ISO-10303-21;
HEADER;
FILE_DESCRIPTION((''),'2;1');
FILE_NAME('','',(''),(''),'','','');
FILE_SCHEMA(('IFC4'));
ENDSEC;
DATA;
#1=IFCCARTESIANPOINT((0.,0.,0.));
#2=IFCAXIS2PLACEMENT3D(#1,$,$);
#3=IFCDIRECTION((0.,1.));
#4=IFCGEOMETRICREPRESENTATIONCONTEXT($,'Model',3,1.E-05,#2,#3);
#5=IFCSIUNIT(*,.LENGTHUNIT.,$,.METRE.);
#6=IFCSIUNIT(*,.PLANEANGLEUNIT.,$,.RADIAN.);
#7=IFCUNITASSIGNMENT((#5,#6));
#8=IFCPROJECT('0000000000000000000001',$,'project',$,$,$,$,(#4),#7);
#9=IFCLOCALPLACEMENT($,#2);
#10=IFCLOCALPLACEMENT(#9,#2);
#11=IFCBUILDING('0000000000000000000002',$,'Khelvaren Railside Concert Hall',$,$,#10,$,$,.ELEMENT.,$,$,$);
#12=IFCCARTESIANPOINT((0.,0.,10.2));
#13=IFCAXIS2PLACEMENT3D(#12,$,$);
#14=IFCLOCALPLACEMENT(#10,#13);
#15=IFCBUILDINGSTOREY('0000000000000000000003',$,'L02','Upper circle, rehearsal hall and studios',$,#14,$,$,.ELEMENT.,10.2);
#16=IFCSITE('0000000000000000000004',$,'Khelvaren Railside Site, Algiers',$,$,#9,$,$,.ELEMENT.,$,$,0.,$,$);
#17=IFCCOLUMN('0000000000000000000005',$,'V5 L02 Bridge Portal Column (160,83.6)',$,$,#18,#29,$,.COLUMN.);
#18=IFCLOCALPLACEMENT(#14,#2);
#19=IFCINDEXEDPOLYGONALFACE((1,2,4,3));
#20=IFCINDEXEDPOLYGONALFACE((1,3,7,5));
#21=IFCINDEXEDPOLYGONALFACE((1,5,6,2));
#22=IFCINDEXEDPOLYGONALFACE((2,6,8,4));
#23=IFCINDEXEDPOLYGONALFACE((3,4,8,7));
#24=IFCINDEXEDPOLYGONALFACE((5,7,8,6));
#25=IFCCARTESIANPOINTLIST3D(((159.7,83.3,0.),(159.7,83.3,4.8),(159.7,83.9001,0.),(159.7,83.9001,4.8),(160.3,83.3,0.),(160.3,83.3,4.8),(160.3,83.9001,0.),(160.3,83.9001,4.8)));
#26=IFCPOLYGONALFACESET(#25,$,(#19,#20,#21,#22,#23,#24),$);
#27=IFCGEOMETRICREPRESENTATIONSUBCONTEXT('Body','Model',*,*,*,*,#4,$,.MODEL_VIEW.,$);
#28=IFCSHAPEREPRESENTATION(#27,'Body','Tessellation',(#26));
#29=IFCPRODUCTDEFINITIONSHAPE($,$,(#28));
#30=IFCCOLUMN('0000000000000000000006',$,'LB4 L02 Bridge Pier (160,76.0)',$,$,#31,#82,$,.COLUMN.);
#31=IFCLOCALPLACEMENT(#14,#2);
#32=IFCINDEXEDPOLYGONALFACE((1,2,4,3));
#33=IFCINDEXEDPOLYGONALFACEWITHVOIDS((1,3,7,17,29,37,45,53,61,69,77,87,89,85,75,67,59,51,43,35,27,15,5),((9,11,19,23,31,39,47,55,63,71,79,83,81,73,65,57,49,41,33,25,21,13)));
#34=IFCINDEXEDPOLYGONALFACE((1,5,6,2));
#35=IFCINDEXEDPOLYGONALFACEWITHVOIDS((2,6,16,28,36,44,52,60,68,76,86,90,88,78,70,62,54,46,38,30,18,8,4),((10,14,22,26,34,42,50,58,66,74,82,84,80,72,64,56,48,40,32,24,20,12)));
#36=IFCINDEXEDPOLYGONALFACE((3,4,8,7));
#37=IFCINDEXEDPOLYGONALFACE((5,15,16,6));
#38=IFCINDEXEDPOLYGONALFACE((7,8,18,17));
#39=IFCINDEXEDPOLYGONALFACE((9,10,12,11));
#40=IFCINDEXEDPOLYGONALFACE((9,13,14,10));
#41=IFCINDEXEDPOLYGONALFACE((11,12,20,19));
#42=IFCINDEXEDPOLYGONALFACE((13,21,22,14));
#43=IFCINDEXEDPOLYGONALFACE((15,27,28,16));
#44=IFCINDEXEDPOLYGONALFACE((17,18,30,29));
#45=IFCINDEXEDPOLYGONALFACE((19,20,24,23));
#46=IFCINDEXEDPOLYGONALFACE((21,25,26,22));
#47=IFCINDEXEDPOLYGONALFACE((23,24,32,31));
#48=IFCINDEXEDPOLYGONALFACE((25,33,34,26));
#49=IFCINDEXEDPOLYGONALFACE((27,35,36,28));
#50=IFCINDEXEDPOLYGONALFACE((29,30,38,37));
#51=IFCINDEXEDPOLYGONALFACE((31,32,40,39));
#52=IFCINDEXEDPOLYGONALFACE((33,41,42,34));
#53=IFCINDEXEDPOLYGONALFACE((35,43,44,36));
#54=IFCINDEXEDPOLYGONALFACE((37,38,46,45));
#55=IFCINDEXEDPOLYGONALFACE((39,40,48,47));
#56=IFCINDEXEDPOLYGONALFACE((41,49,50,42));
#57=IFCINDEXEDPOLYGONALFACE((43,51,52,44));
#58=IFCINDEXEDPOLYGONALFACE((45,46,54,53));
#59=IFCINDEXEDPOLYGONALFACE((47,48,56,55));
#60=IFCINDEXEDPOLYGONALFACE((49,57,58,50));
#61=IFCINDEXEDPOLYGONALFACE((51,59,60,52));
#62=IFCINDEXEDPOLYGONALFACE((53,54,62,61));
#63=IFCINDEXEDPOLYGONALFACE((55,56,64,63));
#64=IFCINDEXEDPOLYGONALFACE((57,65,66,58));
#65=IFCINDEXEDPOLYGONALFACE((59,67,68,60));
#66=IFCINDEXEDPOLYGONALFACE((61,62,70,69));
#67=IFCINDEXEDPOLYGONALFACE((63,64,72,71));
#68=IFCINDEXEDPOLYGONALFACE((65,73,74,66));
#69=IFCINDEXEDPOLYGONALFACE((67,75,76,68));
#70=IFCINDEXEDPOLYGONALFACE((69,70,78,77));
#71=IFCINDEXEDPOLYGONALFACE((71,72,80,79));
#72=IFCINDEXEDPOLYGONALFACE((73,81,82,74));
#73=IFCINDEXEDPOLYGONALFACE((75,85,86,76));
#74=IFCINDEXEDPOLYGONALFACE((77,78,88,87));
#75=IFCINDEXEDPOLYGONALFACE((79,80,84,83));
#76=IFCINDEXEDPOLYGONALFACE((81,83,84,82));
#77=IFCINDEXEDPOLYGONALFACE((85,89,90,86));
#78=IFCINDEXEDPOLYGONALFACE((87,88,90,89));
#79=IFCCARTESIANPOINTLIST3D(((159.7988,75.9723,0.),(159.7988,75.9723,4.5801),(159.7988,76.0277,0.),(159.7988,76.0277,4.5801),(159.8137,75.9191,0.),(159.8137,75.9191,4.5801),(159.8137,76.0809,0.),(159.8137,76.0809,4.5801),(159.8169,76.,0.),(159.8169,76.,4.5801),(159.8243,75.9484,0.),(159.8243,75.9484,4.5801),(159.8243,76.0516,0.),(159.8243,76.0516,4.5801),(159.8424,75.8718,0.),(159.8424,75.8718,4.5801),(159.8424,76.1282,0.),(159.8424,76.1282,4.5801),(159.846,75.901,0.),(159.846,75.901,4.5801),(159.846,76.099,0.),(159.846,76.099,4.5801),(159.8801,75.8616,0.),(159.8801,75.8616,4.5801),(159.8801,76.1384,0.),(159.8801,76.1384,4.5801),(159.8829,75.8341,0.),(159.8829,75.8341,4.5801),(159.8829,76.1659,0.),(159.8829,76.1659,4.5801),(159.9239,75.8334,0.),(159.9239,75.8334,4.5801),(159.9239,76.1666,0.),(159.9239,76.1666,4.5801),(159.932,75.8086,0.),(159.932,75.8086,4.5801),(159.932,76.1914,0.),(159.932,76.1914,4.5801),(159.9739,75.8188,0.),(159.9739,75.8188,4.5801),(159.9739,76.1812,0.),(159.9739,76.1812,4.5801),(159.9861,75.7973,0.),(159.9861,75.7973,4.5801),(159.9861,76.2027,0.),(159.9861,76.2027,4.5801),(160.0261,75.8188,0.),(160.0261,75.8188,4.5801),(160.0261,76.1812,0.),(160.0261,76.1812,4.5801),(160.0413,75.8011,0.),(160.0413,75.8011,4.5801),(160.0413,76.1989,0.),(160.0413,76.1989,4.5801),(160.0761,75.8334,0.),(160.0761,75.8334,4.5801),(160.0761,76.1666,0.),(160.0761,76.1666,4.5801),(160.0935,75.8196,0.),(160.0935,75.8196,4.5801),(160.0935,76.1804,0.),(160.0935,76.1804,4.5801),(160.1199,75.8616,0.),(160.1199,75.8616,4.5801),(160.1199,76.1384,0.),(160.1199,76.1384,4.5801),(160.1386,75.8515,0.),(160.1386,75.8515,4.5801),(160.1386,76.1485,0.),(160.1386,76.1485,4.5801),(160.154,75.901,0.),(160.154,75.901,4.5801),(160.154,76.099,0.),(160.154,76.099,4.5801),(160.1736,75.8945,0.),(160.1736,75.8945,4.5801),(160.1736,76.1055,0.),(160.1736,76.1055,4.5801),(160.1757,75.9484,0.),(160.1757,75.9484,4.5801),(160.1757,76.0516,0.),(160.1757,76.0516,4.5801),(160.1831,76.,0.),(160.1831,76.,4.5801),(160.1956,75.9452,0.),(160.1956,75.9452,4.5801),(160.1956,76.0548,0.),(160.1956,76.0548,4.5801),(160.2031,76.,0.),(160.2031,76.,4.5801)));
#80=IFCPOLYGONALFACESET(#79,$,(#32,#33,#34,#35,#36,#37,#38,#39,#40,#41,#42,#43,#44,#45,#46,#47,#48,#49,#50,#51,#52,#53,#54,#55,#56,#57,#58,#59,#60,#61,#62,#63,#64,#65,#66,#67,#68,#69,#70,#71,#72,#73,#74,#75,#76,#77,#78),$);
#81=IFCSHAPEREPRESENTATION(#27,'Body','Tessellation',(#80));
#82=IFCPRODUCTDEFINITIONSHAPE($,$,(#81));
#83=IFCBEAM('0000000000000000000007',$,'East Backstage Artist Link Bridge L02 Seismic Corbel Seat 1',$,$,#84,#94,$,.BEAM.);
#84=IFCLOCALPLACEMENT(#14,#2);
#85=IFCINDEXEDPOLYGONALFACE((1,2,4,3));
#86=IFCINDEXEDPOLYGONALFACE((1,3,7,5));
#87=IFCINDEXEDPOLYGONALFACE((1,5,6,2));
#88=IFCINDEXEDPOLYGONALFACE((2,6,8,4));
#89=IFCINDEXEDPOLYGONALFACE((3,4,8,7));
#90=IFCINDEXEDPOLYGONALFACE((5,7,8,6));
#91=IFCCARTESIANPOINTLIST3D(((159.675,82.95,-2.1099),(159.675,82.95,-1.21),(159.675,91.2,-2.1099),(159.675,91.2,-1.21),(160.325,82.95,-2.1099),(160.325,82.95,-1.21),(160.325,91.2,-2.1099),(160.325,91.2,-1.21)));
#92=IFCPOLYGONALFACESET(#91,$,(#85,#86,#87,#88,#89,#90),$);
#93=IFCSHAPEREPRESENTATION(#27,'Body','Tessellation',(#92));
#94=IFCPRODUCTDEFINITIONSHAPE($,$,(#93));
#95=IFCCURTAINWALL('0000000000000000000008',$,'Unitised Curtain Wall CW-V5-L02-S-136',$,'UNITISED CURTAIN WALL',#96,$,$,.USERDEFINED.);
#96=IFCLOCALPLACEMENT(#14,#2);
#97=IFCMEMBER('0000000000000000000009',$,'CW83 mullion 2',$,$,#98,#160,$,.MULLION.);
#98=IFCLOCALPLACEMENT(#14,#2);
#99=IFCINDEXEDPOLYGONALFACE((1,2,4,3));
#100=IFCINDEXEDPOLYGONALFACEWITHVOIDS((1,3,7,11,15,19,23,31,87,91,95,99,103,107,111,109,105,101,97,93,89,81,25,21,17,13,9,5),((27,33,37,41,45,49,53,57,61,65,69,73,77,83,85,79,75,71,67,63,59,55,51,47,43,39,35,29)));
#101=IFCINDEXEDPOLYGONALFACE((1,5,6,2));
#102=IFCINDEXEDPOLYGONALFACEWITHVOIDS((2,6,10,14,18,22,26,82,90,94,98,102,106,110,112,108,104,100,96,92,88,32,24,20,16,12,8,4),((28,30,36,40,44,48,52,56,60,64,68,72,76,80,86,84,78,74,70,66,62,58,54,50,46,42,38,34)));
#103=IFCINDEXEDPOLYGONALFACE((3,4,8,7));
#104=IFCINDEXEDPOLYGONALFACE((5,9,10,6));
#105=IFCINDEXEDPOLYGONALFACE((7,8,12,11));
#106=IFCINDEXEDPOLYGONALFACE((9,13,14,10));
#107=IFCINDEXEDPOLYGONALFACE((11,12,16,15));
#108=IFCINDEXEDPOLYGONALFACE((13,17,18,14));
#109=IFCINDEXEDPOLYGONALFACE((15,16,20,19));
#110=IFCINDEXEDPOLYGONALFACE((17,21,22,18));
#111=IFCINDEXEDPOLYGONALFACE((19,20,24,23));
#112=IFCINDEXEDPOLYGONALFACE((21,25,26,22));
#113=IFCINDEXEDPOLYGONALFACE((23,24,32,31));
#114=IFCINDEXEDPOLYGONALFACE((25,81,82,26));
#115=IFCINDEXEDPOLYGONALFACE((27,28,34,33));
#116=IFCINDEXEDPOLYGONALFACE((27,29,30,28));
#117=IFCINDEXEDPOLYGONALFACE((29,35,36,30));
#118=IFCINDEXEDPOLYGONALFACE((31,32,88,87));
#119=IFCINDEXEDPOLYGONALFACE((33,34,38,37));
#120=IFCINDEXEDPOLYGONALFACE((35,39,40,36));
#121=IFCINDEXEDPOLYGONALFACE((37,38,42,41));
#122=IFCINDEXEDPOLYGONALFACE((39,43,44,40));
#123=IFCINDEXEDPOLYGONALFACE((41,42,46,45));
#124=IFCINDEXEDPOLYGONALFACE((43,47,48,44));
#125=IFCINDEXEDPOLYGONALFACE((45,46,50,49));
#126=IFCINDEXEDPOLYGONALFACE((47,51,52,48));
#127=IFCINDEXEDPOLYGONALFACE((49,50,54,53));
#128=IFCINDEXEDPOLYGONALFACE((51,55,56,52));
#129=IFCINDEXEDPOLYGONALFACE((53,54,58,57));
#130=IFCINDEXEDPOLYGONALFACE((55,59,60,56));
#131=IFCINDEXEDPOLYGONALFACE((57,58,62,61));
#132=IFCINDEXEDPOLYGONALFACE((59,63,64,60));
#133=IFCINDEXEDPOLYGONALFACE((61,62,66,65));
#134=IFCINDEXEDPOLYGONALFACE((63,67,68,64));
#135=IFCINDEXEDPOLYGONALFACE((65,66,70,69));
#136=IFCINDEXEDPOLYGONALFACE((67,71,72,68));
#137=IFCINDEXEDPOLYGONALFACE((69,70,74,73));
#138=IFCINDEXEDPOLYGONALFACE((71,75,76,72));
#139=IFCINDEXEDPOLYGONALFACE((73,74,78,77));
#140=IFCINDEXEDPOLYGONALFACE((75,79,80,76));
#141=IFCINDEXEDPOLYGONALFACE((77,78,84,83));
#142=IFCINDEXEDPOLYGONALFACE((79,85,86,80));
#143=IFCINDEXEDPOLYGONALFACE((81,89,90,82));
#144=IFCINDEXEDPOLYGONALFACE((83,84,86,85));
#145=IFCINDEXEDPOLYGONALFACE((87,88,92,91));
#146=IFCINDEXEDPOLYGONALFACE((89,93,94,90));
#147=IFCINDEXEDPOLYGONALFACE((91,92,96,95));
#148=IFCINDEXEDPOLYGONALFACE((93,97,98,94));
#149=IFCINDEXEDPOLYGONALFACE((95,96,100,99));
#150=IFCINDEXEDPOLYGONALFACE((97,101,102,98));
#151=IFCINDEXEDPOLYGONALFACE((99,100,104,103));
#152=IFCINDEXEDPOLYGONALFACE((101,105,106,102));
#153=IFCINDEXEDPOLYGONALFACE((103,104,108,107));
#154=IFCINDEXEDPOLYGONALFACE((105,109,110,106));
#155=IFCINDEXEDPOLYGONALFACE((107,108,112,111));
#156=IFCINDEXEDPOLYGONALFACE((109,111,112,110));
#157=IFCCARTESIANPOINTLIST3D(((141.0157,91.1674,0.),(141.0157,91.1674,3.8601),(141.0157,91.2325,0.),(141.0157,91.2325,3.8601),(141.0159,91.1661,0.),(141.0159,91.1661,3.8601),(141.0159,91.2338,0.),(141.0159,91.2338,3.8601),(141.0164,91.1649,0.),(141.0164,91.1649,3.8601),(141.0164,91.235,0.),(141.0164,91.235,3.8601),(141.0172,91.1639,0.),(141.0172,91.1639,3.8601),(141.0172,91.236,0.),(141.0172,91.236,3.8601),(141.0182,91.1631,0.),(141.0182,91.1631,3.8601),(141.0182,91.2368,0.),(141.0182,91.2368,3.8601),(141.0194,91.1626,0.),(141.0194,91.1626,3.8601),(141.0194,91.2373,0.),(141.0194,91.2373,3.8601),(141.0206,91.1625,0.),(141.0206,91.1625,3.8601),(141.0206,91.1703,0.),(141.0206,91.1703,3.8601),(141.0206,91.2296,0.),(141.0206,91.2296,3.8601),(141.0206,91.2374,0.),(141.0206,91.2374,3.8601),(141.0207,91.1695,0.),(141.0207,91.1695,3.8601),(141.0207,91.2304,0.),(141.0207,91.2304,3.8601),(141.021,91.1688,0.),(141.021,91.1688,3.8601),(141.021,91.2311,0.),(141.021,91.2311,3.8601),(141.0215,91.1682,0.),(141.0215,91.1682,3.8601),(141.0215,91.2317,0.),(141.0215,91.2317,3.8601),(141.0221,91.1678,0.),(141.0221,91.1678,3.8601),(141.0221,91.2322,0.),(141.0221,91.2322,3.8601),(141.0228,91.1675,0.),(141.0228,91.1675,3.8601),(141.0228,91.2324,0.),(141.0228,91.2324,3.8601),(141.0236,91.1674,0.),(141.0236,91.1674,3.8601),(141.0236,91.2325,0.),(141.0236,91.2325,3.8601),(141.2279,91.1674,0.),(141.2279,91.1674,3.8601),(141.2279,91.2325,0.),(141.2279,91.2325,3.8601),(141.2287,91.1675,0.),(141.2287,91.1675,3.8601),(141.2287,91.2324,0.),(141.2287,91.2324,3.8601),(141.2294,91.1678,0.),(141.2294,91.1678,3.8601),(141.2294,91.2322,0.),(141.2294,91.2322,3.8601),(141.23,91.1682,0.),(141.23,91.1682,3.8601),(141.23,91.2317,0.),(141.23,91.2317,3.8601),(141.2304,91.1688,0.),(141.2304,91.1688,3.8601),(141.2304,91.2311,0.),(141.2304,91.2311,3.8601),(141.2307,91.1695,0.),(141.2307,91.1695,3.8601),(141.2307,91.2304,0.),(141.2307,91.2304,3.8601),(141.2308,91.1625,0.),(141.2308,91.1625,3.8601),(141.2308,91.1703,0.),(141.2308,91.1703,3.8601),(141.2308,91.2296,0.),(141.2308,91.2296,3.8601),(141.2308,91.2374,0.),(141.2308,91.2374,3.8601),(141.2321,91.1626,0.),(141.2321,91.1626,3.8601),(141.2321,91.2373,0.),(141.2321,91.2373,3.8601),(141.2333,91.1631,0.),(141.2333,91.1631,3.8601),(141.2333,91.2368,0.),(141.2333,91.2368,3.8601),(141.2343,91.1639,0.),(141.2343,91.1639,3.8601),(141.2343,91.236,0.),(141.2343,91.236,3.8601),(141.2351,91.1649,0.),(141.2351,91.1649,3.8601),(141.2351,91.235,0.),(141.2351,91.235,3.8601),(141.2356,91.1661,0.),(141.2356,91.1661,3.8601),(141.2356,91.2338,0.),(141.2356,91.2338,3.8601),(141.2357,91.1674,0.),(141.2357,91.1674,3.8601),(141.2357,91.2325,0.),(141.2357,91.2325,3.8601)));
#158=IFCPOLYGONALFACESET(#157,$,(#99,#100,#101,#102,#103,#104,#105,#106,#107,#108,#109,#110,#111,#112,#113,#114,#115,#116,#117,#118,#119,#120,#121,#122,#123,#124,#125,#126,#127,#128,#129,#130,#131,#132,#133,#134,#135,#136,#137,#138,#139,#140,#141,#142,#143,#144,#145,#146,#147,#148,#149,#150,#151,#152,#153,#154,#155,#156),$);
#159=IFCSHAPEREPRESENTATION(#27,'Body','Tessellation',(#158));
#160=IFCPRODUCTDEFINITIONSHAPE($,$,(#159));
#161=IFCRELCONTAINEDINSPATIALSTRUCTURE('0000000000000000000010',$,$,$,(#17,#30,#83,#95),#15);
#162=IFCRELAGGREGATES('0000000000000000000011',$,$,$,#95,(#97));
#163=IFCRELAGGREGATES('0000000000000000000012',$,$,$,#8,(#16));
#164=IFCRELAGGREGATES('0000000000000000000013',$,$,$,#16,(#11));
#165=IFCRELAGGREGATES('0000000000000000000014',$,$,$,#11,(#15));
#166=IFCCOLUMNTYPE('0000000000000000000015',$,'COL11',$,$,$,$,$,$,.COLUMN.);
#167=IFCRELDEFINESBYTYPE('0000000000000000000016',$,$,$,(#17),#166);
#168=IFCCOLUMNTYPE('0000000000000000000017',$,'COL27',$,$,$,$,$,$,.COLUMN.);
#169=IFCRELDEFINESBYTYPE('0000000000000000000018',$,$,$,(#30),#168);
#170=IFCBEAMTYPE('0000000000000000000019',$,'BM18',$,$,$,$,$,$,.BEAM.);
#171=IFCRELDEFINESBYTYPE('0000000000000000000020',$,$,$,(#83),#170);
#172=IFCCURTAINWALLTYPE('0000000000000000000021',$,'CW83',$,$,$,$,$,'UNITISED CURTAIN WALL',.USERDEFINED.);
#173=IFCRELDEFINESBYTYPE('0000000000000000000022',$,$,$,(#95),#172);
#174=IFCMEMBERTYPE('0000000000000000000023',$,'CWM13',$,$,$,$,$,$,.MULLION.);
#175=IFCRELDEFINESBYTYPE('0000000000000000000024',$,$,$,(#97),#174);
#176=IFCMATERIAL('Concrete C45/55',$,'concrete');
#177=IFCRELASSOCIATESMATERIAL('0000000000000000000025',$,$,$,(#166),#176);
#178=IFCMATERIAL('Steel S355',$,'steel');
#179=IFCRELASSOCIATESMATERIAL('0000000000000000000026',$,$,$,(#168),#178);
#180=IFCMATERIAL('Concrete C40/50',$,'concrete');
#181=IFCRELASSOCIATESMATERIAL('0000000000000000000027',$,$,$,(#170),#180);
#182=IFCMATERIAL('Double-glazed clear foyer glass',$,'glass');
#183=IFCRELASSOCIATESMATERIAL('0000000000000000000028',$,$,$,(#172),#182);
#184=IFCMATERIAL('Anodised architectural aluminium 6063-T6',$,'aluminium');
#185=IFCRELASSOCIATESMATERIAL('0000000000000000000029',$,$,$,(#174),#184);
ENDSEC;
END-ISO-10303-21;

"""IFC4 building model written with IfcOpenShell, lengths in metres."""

from ifc_helpers import new_model, si_unit, direction, frame, origin, origin_2d, place, context, subcontext, project, spatial, rectangle, hollow_rectangle, hollow_circle, extrude, material, material_profile, profile_set, type_object, element, aggregate, save


model = new_model("IFC4")

# Units and contexts
model_context = context("Model", 3, precision=1e-05, world=origin(), true_north=direction((0.0, 1.0)))
body_context = subcontext(model_context, "Body", "Model", "MODEL_VIEW")
ifc_project = project(units=[si_unit("LENGTHUNIT", "METRE"), si_unit("PLANEANGLEUNIT", "RADIAN")], contexts=[model_context])

# Site, building, storey
site_placement = place(None, origin())
site = spatial("IfcSite", under=ifc_project, at=site_placement, Name="Khelvaren Railside Site, Algiers", CompositionType="ELEMENT", RefElevation=0.0)
building_placement = place(site_placement, origin())
building = spatial("IfcBuilding", under=site, at=building_placement, Name="Khelvaren Railside Concert Hall", CompositionType="ELEMENT")
storey_placement = place(building_placement, frame((0.0, 0.0, 10.2)))
storey = spatial("IfcBuildingStorey", under=building, at=storey_placement, Name="L02", Description="Upper circle, rehearsal hall and studios", CompositionType="ELEMENT", Elevation=10.2)

# Columns
ifc_material_1 = material(Name="Concrete C45/55", Category="concrete")
ifc_material_profile_1 = material_profile(ifc_material_1, rectangle(XDim=0.6001, YDim=0.6001, at=origin_2d()), Name="RC 600x600")
ifc_profile_set_1 = profile_set([ifc_material_profile_1], Name="Concrete C45/55")
column_type_1 = type_object("IfcColumnType", Name="COL11", PredefinedType="COLUMN", material=ifc_profile_set_1)
column_1_placement = place(storey_placement, frame((160.0, 83.6001, 0.0), z_axis=(0.0, 0.0, 1.0), x_axis=(1.0, 0.0, 0.0)))
element("IfcColumn", 1, at=column_1_placement, inside=storey, type_object=column_type_1, Name="V5 L02 Bridge Portal Column (160,83.6)", PredefinedType="COLUMN", context=body_context, shape_type="SweptSolid", body=[
    extrude(rectangle(XDim=0.6001, YDim=0.6001, at=origin_2d()), origin(), (0.0, 0.0, 1.0), 4.8),
])
ifc_material_2 = material(Name="Steel S355", Category="steel")
ifc_material_profile_2 = material_profile(ifc_material_2, hollow_circle(Radius=0.2031, WallThickness=0.02, at=origin_2d()), Name="CHS 406.4x20")
ifc_profile_set_2 = profile_set([ifc_material_profile_2], Name="Steel S355")
column_type_2 = type_object("IfcColumnType", Name="COL27", PredefinedType="COLUMN", material=ifc_profile_set_2)
column_2_placement = place(storey_placement, frame((160.0, 76.0, 0.0), z_axis=(0.0, 0.0, 1.0), x_axis=(1.0, 0.0, 0.0)))
element("IfcColumn", 2, at=column_2_placement, inside=storey, type_object=column_type_2, Name="LB4 L02 Bridge Pier (160,76.0)", PredefinedType="COLUMN", context=body_context, shape_type="SweptSolid", body=[
    extrude(hollow_circle(Radius=0.2031, WallThickness=0.02, at=origin_2d()), origin(), (0.0, 0.0, 1.0), 4.5801),
])

# Beam
ifc_material_3 = material(Name="Concrete C40/50", Category="concrete")
ifc_material_profile_3 = material_profile(ifc_material_3, rectangle(XDim=0.6499, YDim=0.8999, at=origin_2d()), Name="RCB 650x900")
ifc_profile_set_3 = profile_set([ifc_material_profile_3], Name="Concrete C40/50")
beam_type_1 = type_object("IfcBeamType", Name="BM18", PredefinedType="BEAM", material=ifc_profile_set_3)
beam_1_placement = place(storey_placement, frame((160.0, 82.95, -1.6599), z_axis=(0.0, 1.0, 0.0), x_axis=(-1.0, 0.0, 0.0)))
element("IfcBeam", 3, at=beam_1_placement, inside=storey, type_object=beam_type_1, Name="East Backstage Artist Link Bridge L02 Seismic Corbel Seat 1", PredefinedType="BEAM", context=body_context, shape_type="SweptSolid", body=[
    extrude(rectangle(XDim=0.6499, YDim=0.8999, at=origin_2d()), origin(), (0.0, 0.0, 1.0), 8.25),
])

# Curtain wall, member
ifc_material_4 = material(Name="Double-glazed clear foyer glass", Category="glass")
curtain_wall_type_1 = type_object("IfcCurtainWallType", Name="CW83", ElementType="UNITISED CURTAIN WALL", PredefinedType="USERDEFINED", material=ifc_material_4)
curtain_wall_1_placement = place(storey_placement, origin())
curtain_wall_1 = element("IfcCurtainWall", 4, at=curtain_wall_1_placement, inside=storey, type_object=curtain_wall_type_1, Name="Unitised Curtain Wall CW-V5-L02-S-136", ObjectType="UNITISED CURTAIN WALL", PredefinedType="USERDEFINED")
ifc_material_5 = material(Name="Anodised architectural aluminium 6063-T6", Category="aluminium")
ifc_material_profile_4 = material_profile(ifc_material_5, hollow_rectangle(XDim=0.075, YDim=0.22, WallThickness=0.0049, InnerFilletRadius=0.0029, OuterFilletRadius=0.0049, at=origin_2d()), Name="CWM 75x220x5")
ifc_profile_set_4 = profile_set([ifc_material_profile_4], Name="Anodised architectural aluminium 6063-T6")
member_type_1 = type_object("IfcMemberType", Name="CWM13", PredefinedType="MULLION", material=ifc_profile_set_4)
member_1_placement = place(storey_placement, frame((141.1257, 91.2, 0.0), z_axis=(0.0, 0.0, 1.0), x_axis=(0.0, -1.0, 0.0)))
member_1 = element("IfcMember", 5, at=member_1_placement, type_object=member_type_1, Name="CW83 mullion 2", PredefinedType="MULLION", context=body_context, shape_type="SweptSolid", body=[
    extrude(hollow_rectangle(XDim=0.075, YDim=0.22, WallThickness=0.0049, InnerFilletRadius=0.0029, OuterFilletRadius=0.0049, at=origin_2d()), origin(), (0.0, 0.0, 1.0), 3.8601),
])

aggregate(curtain_wall_1, [member_1])

save(model, "model.ifc")
